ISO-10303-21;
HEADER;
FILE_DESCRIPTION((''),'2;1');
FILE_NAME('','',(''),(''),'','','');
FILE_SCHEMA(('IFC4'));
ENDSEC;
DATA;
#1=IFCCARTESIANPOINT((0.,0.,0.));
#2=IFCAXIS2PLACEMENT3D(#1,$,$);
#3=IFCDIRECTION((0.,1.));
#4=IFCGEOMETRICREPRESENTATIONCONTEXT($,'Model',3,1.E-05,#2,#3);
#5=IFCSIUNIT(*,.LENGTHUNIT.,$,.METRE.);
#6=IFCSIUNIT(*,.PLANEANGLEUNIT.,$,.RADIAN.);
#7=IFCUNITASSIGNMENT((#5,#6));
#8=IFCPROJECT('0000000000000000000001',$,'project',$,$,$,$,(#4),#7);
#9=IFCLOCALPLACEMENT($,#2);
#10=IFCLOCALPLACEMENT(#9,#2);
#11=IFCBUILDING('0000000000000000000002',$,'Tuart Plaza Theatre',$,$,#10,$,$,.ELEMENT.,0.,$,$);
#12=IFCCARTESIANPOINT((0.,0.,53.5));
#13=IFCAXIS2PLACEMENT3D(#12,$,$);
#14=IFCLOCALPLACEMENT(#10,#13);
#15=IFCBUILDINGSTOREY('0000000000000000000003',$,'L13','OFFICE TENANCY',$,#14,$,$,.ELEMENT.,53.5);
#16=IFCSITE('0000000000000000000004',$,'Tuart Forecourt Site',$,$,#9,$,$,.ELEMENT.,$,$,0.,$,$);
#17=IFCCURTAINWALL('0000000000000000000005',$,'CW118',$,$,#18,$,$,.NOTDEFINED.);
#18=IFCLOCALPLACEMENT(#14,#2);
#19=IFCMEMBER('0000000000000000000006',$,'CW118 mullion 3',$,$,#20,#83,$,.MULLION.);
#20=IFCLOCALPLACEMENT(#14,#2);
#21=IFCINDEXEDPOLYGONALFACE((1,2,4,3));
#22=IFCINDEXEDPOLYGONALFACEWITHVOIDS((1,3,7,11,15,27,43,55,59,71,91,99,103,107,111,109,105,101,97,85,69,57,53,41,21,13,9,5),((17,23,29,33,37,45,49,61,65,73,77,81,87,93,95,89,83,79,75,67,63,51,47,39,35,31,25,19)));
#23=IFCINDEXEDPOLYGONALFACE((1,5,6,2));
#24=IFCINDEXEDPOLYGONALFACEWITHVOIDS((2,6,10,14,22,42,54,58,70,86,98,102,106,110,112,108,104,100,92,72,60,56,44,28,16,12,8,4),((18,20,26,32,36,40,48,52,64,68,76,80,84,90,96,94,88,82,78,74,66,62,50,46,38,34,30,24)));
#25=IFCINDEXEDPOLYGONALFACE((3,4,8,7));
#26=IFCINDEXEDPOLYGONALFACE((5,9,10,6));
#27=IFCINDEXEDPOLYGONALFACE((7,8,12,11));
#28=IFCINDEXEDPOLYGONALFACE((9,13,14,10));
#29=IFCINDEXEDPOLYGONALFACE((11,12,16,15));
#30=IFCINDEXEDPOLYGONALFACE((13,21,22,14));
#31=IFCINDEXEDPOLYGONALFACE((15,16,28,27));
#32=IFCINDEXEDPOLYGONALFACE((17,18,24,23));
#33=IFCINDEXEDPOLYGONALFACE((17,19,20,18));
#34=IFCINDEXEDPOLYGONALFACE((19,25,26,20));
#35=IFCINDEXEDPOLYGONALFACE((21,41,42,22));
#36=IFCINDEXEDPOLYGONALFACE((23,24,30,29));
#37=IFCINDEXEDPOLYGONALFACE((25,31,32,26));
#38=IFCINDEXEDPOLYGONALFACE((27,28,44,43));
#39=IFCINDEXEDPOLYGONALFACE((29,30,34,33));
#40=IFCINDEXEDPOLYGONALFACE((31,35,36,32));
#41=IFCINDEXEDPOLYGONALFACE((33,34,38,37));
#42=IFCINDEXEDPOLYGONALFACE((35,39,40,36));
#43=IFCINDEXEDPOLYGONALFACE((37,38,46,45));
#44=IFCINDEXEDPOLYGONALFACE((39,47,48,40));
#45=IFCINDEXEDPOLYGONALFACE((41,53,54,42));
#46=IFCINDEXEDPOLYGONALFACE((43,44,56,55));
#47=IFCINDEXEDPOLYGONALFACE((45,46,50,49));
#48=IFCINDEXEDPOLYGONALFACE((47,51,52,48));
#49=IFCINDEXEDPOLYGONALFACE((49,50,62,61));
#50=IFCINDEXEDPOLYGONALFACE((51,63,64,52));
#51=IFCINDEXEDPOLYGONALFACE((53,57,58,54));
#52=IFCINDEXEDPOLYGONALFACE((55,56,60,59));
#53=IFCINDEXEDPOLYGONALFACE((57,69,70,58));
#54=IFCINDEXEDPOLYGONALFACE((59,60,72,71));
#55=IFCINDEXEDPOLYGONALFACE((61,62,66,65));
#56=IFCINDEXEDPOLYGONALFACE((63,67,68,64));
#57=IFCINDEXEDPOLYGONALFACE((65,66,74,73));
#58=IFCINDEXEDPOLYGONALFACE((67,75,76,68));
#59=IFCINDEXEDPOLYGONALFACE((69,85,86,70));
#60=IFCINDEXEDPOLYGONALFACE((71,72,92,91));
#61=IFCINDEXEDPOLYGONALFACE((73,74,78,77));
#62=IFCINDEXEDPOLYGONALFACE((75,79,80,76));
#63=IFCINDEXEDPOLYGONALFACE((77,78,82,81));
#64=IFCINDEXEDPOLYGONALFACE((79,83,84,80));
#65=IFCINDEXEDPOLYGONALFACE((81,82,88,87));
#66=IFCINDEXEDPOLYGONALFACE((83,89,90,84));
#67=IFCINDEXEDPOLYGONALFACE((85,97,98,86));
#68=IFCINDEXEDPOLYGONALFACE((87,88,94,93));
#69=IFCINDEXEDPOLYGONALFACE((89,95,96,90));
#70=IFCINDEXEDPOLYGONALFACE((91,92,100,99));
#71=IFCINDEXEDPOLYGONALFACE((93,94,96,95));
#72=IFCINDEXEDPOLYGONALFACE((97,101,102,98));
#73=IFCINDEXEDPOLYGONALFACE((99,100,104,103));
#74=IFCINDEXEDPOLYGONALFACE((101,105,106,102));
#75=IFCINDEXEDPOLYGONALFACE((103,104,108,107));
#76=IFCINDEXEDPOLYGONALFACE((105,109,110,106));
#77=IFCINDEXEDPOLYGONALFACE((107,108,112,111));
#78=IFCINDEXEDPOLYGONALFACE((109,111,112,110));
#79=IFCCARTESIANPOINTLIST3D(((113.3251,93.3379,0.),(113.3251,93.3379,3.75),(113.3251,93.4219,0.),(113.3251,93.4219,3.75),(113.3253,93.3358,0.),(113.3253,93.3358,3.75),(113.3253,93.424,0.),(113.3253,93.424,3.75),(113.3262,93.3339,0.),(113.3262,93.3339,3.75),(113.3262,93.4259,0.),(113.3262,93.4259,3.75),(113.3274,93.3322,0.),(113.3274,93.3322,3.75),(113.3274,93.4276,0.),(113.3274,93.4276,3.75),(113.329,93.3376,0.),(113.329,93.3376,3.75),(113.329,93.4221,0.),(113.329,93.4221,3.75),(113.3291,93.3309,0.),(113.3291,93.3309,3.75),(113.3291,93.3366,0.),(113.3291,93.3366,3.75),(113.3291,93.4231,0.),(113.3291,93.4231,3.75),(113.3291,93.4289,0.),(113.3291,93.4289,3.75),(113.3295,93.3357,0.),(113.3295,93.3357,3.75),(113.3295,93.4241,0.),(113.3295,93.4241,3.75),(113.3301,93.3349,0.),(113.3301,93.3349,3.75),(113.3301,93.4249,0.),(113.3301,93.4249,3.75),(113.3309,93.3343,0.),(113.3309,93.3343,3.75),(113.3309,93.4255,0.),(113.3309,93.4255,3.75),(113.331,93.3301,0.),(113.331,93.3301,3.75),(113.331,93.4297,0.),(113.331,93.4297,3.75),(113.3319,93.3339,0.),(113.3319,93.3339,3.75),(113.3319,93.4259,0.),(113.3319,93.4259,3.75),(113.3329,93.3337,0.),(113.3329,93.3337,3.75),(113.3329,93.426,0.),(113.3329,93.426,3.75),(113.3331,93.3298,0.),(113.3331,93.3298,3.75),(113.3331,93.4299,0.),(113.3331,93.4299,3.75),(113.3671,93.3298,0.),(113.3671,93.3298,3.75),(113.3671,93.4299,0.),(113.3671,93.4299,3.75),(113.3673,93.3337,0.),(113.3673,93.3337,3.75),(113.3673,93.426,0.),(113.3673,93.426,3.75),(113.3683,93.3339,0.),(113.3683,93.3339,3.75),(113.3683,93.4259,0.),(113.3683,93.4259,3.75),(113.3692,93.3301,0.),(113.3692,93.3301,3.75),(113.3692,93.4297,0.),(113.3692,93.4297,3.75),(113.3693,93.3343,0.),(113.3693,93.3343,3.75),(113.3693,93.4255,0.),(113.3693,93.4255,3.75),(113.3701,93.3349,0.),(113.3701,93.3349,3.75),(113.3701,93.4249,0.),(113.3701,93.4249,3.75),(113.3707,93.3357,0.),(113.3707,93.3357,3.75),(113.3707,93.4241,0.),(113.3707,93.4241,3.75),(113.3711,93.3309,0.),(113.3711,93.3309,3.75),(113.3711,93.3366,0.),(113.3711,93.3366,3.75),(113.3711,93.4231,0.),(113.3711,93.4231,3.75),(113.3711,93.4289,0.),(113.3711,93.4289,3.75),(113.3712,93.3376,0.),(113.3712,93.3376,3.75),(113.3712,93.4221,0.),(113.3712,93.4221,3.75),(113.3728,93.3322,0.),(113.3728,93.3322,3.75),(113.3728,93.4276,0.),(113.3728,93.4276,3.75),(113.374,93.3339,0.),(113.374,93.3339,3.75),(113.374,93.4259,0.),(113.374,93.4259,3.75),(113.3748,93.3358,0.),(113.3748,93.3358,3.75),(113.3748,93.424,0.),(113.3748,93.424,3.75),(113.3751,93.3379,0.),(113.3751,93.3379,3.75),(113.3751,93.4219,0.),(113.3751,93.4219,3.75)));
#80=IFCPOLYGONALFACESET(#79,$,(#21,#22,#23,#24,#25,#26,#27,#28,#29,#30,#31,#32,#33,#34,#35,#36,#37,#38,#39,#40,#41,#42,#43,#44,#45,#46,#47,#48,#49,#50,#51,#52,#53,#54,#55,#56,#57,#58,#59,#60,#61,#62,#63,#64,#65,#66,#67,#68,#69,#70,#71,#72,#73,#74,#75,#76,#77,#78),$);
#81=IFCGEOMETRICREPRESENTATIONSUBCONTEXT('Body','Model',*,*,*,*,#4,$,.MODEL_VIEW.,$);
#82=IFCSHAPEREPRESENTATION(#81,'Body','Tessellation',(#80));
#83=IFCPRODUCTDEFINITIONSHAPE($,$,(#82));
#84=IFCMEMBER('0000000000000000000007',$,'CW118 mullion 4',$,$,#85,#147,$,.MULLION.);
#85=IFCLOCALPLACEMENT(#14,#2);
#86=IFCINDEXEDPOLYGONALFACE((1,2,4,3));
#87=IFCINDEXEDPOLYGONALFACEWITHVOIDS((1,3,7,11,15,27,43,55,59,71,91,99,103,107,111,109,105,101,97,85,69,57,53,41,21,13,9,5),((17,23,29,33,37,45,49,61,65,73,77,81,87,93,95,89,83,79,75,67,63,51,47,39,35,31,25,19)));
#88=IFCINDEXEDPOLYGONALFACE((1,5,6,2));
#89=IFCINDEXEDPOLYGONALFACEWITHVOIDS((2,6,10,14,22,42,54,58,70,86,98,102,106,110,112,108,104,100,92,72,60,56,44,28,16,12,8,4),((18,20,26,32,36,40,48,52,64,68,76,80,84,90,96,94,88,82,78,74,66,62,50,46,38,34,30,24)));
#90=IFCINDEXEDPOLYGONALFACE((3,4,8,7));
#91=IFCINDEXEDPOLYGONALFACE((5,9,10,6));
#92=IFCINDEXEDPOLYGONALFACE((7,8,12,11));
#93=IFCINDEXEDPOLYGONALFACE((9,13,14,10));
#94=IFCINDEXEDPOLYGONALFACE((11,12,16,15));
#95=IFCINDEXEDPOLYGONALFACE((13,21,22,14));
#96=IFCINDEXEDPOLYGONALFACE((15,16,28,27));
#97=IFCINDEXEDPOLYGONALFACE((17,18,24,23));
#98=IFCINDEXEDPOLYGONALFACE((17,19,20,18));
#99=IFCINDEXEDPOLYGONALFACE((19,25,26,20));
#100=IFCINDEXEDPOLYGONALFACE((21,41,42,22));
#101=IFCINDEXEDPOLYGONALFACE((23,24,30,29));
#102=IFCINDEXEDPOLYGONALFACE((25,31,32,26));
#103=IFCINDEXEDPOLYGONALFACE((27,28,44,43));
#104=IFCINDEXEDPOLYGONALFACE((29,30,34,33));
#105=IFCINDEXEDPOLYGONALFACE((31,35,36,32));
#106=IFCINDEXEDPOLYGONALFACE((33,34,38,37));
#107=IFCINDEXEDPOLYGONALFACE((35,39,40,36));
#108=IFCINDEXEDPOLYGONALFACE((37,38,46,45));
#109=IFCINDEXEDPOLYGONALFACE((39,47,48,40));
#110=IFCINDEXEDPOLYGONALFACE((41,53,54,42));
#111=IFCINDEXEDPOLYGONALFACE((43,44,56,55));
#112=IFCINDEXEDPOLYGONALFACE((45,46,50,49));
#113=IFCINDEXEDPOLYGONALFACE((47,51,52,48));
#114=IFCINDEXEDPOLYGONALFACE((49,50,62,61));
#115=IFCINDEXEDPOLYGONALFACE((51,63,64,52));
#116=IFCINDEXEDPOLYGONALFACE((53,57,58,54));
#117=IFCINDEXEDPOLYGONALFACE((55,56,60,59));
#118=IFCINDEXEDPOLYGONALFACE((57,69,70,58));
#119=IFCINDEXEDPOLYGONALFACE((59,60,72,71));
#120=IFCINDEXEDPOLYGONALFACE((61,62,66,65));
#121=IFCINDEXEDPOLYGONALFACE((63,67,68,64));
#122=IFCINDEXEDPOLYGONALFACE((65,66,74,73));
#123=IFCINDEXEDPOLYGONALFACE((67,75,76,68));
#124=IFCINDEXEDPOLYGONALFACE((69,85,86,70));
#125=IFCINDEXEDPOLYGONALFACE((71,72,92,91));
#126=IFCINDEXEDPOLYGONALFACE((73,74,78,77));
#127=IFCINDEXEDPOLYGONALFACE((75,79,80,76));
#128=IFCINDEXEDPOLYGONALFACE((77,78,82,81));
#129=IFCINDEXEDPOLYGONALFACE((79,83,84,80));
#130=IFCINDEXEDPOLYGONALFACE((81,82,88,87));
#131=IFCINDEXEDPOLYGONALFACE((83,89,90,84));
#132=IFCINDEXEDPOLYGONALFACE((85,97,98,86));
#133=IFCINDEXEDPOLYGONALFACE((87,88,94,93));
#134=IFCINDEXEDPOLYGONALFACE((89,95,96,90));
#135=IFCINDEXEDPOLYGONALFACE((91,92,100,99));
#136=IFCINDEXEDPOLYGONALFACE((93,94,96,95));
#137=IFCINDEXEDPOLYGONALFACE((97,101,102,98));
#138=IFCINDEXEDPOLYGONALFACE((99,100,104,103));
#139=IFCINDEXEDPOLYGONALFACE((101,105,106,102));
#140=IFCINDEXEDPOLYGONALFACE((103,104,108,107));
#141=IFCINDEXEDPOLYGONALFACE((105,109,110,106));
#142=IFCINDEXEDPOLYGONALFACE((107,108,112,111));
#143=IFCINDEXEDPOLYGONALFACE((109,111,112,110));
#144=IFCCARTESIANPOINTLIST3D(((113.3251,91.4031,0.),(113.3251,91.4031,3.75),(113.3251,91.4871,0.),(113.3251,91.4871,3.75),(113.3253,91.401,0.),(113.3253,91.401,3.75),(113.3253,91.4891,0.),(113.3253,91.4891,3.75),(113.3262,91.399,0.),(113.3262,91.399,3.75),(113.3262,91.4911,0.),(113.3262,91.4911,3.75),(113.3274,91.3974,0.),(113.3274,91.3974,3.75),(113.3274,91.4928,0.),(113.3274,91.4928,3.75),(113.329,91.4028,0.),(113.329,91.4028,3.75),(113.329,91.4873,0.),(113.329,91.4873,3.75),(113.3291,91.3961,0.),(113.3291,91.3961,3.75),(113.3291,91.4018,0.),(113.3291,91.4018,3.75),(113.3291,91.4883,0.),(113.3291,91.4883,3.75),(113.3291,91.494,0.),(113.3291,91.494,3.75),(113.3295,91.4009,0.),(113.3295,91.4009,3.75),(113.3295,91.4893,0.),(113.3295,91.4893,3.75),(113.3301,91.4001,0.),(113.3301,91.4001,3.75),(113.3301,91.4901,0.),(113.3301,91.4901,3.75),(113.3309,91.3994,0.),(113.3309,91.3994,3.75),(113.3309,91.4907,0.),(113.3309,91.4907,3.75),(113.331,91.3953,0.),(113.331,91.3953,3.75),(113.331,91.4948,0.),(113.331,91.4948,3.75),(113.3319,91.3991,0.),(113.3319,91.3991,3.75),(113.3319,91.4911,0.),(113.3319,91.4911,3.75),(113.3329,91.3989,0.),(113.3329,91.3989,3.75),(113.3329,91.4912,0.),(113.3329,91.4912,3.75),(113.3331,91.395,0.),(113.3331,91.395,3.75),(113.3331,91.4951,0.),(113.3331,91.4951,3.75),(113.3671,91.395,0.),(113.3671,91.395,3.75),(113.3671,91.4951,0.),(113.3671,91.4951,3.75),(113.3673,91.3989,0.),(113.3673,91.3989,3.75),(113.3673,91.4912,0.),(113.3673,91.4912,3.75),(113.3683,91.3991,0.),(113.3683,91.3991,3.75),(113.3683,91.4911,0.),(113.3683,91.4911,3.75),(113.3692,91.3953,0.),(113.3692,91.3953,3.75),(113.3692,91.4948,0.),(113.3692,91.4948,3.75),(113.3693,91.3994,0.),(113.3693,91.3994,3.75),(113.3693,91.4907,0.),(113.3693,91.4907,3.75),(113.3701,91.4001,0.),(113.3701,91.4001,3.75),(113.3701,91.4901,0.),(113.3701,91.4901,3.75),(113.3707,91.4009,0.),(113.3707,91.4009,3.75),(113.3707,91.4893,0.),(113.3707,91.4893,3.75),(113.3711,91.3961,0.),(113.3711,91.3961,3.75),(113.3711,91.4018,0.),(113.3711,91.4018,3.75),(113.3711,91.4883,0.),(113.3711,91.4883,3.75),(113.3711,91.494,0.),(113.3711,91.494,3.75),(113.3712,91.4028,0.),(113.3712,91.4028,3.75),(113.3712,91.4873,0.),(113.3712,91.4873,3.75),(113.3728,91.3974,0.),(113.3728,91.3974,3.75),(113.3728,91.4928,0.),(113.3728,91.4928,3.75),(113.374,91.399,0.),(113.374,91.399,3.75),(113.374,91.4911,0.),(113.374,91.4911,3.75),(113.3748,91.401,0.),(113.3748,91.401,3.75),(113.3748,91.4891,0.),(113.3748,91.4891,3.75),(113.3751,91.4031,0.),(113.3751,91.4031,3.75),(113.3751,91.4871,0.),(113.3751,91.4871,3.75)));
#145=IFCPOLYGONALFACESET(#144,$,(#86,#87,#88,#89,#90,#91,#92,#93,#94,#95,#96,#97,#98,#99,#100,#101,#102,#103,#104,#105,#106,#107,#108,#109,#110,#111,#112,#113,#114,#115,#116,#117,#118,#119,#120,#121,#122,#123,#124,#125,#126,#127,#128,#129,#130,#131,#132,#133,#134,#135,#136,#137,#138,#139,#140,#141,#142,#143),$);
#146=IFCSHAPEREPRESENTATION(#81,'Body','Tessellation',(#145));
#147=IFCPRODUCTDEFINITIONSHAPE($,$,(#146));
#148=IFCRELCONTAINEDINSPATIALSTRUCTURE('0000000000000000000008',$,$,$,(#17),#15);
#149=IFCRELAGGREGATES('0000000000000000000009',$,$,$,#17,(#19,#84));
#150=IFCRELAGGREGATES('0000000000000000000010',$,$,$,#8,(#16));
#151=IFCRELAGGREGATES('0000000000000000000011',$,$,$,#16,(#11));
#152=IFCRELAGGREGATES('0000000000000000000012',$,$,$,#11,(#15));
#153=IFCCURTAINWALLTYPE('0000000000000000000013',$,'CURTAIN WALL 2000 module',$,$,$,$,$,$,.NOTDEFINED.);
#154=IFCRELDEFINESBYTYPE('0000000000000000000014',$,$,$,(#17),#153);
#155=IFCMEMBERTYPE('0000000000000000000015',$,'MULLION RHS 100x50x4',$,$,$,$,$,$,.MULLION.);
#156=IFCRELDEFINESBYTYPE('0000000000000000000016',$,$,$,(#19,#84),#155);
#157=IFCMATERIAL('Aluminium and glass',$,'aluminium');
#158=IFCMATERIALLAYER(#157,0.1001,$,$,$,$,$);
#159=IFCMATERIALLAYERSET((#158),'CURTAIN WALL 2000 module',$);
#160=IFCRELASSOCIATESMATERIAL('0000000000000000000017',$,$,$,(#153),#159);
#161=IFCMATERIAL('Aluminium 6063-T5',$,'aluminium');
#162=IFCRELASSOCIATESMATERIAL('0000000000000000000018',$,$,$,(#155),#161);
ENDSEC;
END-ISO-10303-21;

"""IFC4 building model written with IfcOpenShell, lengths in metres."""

from ifc_helpers import new_model, si_unit, direction, frame, origin, origin_2d, place, context, subcontext, project, spatial, hollow_rectangle, extrude, material, layer, layer_set, material_profile, profile_set, type_object, element, aggregate, save


model = new_model("IFC4")

# Units and contexts
model_context = context("Model", 3, precision=1e-05, world=origin(), true_north=direction((0.0, 1.0)))
body_context = subcontext(model_context, "Body", "Model", "MODEL_VIEW")
ifc_project = project(units=[si_unit("LENGTHUNIT", "METRE"), si_unit("PLANEANGLEUNIT", "RADIAN")], contexts=[model_context])

# Site, building, storey
site_placement = place(None, origin())
site = spatial("IfcSite", under=ifc_project, at=site_placement, Name="Tuart Forecourt Site", CompositionType="ELEMENT", RefElevation=0.0)
building_placement = place(site_placement, origin())
building = spatial("IfcBuilding", under=site, at=building_placement, Name="Tuart Plaza Theatre", CompositionType="ELEMENT", ElevationOfRefHeight=0.0)
storey_placement = place(building_placement, frame((0.0, 0.0, 53.5)))
storey = spatial("IfcBuildingStorey", under=building, at=storey_placement, Name="L13", Description="OFFICE TENANCY", CompositionType="ELEMENT", Elevation=53.5)

# Curtain wall, members
ifc_material_1 = material(Name="Aluminium and glass", Category="aluminium")
ifc_layer_1 = layer(ifc_material_1, 0.1001)
ifc_layer_set_1 = layer_set([ifc_layer_1], Name="CURTAIN WALL 2000 module")
curtain_wall_type = type_object("IfcCurtainWallType", Name="CURTAIN WALL 2000 module", PredefinedType="NOTDEFINED", material=ifc_layer_set_1)
curtain_wall_placement = place(storey_placement, origin())
curtain_wall = element("IfcCurtainWall", 1, at=curtain_wall_placement, inside=storey, type_object=curtain_wall_type, Name="CW118", PredefinedType="NOTDEFINED")
ifc_material_2 = material(Name="Aluminium 6063-T5", Category="aluminium")
ifc_material_profile_1 = material_profile(ifc_material_2, hollow_rectangle(XDim=0.05, YDim=0.1001, WallThickness=0.0039, InnerFilletRadius=0.0039, OuterFilletRadius=0.0081, at=origin_2d()), Name="RHS 100x50x4")
ifc_profile_set_1 = profile_set([ifc_material_profile_1], Name="Aluminium 6063-T5")
member_type_1 = type_object("IfcMemberType", Name="MULLION RHS 100x50x4", PredefinedType="MULLION", material=ifc_profile_set_1)
member_1_placement = place(storey_placement, frame((113.3501, 93.3799, 0.0), z_axis=(0.0, 0.0, 1.0), x_axis=(1.0, 0.0, 0.0)))
member_1 = element("IfcMember", 2, at=member_1_placement, type_object=member_type_1, Name="CW118 mullion 3", PredefinedType="MULLION", context=body_context, shape_type="SweptSolid", body=[
    extrude(hollow_rectangle(XDim=0.05, YDim=0.1001, WallThickness=0.0039, InnerFilletRadius=0.0039, OuterFilletRadius=0.0081, at=origin_2d()), origin(), (0.0, 0.0, 1.0), 3.75),
])
member_2_placement = place(storey_placement, frame((113.3501, 91.4451, 0.0), z_axis=(0.0, 0.0, 1.0), x_axis=(1.0, 0.0, 0.0)))
member_2 = element("IfcMember", 3, at=member_2_placement, type_object=member_type_1, Name="CW118 mullion 4", PredefinedType="MULLION", context=body_context, shape_type="SweptSolid", body=[
    extrude(hollow_rectangle(XDim=0.05, YDim=0.1001, WallThickness=0.0039, InnerFilletRadius=0.0039, OuterFilletRadius=0.0081, at=origin_2d()), origin(), (0.0, 0.0, 1.0), 3.75),
])
aggregate(curtain_wall, [member_1, member_2])

save(model, "model.ifc")
